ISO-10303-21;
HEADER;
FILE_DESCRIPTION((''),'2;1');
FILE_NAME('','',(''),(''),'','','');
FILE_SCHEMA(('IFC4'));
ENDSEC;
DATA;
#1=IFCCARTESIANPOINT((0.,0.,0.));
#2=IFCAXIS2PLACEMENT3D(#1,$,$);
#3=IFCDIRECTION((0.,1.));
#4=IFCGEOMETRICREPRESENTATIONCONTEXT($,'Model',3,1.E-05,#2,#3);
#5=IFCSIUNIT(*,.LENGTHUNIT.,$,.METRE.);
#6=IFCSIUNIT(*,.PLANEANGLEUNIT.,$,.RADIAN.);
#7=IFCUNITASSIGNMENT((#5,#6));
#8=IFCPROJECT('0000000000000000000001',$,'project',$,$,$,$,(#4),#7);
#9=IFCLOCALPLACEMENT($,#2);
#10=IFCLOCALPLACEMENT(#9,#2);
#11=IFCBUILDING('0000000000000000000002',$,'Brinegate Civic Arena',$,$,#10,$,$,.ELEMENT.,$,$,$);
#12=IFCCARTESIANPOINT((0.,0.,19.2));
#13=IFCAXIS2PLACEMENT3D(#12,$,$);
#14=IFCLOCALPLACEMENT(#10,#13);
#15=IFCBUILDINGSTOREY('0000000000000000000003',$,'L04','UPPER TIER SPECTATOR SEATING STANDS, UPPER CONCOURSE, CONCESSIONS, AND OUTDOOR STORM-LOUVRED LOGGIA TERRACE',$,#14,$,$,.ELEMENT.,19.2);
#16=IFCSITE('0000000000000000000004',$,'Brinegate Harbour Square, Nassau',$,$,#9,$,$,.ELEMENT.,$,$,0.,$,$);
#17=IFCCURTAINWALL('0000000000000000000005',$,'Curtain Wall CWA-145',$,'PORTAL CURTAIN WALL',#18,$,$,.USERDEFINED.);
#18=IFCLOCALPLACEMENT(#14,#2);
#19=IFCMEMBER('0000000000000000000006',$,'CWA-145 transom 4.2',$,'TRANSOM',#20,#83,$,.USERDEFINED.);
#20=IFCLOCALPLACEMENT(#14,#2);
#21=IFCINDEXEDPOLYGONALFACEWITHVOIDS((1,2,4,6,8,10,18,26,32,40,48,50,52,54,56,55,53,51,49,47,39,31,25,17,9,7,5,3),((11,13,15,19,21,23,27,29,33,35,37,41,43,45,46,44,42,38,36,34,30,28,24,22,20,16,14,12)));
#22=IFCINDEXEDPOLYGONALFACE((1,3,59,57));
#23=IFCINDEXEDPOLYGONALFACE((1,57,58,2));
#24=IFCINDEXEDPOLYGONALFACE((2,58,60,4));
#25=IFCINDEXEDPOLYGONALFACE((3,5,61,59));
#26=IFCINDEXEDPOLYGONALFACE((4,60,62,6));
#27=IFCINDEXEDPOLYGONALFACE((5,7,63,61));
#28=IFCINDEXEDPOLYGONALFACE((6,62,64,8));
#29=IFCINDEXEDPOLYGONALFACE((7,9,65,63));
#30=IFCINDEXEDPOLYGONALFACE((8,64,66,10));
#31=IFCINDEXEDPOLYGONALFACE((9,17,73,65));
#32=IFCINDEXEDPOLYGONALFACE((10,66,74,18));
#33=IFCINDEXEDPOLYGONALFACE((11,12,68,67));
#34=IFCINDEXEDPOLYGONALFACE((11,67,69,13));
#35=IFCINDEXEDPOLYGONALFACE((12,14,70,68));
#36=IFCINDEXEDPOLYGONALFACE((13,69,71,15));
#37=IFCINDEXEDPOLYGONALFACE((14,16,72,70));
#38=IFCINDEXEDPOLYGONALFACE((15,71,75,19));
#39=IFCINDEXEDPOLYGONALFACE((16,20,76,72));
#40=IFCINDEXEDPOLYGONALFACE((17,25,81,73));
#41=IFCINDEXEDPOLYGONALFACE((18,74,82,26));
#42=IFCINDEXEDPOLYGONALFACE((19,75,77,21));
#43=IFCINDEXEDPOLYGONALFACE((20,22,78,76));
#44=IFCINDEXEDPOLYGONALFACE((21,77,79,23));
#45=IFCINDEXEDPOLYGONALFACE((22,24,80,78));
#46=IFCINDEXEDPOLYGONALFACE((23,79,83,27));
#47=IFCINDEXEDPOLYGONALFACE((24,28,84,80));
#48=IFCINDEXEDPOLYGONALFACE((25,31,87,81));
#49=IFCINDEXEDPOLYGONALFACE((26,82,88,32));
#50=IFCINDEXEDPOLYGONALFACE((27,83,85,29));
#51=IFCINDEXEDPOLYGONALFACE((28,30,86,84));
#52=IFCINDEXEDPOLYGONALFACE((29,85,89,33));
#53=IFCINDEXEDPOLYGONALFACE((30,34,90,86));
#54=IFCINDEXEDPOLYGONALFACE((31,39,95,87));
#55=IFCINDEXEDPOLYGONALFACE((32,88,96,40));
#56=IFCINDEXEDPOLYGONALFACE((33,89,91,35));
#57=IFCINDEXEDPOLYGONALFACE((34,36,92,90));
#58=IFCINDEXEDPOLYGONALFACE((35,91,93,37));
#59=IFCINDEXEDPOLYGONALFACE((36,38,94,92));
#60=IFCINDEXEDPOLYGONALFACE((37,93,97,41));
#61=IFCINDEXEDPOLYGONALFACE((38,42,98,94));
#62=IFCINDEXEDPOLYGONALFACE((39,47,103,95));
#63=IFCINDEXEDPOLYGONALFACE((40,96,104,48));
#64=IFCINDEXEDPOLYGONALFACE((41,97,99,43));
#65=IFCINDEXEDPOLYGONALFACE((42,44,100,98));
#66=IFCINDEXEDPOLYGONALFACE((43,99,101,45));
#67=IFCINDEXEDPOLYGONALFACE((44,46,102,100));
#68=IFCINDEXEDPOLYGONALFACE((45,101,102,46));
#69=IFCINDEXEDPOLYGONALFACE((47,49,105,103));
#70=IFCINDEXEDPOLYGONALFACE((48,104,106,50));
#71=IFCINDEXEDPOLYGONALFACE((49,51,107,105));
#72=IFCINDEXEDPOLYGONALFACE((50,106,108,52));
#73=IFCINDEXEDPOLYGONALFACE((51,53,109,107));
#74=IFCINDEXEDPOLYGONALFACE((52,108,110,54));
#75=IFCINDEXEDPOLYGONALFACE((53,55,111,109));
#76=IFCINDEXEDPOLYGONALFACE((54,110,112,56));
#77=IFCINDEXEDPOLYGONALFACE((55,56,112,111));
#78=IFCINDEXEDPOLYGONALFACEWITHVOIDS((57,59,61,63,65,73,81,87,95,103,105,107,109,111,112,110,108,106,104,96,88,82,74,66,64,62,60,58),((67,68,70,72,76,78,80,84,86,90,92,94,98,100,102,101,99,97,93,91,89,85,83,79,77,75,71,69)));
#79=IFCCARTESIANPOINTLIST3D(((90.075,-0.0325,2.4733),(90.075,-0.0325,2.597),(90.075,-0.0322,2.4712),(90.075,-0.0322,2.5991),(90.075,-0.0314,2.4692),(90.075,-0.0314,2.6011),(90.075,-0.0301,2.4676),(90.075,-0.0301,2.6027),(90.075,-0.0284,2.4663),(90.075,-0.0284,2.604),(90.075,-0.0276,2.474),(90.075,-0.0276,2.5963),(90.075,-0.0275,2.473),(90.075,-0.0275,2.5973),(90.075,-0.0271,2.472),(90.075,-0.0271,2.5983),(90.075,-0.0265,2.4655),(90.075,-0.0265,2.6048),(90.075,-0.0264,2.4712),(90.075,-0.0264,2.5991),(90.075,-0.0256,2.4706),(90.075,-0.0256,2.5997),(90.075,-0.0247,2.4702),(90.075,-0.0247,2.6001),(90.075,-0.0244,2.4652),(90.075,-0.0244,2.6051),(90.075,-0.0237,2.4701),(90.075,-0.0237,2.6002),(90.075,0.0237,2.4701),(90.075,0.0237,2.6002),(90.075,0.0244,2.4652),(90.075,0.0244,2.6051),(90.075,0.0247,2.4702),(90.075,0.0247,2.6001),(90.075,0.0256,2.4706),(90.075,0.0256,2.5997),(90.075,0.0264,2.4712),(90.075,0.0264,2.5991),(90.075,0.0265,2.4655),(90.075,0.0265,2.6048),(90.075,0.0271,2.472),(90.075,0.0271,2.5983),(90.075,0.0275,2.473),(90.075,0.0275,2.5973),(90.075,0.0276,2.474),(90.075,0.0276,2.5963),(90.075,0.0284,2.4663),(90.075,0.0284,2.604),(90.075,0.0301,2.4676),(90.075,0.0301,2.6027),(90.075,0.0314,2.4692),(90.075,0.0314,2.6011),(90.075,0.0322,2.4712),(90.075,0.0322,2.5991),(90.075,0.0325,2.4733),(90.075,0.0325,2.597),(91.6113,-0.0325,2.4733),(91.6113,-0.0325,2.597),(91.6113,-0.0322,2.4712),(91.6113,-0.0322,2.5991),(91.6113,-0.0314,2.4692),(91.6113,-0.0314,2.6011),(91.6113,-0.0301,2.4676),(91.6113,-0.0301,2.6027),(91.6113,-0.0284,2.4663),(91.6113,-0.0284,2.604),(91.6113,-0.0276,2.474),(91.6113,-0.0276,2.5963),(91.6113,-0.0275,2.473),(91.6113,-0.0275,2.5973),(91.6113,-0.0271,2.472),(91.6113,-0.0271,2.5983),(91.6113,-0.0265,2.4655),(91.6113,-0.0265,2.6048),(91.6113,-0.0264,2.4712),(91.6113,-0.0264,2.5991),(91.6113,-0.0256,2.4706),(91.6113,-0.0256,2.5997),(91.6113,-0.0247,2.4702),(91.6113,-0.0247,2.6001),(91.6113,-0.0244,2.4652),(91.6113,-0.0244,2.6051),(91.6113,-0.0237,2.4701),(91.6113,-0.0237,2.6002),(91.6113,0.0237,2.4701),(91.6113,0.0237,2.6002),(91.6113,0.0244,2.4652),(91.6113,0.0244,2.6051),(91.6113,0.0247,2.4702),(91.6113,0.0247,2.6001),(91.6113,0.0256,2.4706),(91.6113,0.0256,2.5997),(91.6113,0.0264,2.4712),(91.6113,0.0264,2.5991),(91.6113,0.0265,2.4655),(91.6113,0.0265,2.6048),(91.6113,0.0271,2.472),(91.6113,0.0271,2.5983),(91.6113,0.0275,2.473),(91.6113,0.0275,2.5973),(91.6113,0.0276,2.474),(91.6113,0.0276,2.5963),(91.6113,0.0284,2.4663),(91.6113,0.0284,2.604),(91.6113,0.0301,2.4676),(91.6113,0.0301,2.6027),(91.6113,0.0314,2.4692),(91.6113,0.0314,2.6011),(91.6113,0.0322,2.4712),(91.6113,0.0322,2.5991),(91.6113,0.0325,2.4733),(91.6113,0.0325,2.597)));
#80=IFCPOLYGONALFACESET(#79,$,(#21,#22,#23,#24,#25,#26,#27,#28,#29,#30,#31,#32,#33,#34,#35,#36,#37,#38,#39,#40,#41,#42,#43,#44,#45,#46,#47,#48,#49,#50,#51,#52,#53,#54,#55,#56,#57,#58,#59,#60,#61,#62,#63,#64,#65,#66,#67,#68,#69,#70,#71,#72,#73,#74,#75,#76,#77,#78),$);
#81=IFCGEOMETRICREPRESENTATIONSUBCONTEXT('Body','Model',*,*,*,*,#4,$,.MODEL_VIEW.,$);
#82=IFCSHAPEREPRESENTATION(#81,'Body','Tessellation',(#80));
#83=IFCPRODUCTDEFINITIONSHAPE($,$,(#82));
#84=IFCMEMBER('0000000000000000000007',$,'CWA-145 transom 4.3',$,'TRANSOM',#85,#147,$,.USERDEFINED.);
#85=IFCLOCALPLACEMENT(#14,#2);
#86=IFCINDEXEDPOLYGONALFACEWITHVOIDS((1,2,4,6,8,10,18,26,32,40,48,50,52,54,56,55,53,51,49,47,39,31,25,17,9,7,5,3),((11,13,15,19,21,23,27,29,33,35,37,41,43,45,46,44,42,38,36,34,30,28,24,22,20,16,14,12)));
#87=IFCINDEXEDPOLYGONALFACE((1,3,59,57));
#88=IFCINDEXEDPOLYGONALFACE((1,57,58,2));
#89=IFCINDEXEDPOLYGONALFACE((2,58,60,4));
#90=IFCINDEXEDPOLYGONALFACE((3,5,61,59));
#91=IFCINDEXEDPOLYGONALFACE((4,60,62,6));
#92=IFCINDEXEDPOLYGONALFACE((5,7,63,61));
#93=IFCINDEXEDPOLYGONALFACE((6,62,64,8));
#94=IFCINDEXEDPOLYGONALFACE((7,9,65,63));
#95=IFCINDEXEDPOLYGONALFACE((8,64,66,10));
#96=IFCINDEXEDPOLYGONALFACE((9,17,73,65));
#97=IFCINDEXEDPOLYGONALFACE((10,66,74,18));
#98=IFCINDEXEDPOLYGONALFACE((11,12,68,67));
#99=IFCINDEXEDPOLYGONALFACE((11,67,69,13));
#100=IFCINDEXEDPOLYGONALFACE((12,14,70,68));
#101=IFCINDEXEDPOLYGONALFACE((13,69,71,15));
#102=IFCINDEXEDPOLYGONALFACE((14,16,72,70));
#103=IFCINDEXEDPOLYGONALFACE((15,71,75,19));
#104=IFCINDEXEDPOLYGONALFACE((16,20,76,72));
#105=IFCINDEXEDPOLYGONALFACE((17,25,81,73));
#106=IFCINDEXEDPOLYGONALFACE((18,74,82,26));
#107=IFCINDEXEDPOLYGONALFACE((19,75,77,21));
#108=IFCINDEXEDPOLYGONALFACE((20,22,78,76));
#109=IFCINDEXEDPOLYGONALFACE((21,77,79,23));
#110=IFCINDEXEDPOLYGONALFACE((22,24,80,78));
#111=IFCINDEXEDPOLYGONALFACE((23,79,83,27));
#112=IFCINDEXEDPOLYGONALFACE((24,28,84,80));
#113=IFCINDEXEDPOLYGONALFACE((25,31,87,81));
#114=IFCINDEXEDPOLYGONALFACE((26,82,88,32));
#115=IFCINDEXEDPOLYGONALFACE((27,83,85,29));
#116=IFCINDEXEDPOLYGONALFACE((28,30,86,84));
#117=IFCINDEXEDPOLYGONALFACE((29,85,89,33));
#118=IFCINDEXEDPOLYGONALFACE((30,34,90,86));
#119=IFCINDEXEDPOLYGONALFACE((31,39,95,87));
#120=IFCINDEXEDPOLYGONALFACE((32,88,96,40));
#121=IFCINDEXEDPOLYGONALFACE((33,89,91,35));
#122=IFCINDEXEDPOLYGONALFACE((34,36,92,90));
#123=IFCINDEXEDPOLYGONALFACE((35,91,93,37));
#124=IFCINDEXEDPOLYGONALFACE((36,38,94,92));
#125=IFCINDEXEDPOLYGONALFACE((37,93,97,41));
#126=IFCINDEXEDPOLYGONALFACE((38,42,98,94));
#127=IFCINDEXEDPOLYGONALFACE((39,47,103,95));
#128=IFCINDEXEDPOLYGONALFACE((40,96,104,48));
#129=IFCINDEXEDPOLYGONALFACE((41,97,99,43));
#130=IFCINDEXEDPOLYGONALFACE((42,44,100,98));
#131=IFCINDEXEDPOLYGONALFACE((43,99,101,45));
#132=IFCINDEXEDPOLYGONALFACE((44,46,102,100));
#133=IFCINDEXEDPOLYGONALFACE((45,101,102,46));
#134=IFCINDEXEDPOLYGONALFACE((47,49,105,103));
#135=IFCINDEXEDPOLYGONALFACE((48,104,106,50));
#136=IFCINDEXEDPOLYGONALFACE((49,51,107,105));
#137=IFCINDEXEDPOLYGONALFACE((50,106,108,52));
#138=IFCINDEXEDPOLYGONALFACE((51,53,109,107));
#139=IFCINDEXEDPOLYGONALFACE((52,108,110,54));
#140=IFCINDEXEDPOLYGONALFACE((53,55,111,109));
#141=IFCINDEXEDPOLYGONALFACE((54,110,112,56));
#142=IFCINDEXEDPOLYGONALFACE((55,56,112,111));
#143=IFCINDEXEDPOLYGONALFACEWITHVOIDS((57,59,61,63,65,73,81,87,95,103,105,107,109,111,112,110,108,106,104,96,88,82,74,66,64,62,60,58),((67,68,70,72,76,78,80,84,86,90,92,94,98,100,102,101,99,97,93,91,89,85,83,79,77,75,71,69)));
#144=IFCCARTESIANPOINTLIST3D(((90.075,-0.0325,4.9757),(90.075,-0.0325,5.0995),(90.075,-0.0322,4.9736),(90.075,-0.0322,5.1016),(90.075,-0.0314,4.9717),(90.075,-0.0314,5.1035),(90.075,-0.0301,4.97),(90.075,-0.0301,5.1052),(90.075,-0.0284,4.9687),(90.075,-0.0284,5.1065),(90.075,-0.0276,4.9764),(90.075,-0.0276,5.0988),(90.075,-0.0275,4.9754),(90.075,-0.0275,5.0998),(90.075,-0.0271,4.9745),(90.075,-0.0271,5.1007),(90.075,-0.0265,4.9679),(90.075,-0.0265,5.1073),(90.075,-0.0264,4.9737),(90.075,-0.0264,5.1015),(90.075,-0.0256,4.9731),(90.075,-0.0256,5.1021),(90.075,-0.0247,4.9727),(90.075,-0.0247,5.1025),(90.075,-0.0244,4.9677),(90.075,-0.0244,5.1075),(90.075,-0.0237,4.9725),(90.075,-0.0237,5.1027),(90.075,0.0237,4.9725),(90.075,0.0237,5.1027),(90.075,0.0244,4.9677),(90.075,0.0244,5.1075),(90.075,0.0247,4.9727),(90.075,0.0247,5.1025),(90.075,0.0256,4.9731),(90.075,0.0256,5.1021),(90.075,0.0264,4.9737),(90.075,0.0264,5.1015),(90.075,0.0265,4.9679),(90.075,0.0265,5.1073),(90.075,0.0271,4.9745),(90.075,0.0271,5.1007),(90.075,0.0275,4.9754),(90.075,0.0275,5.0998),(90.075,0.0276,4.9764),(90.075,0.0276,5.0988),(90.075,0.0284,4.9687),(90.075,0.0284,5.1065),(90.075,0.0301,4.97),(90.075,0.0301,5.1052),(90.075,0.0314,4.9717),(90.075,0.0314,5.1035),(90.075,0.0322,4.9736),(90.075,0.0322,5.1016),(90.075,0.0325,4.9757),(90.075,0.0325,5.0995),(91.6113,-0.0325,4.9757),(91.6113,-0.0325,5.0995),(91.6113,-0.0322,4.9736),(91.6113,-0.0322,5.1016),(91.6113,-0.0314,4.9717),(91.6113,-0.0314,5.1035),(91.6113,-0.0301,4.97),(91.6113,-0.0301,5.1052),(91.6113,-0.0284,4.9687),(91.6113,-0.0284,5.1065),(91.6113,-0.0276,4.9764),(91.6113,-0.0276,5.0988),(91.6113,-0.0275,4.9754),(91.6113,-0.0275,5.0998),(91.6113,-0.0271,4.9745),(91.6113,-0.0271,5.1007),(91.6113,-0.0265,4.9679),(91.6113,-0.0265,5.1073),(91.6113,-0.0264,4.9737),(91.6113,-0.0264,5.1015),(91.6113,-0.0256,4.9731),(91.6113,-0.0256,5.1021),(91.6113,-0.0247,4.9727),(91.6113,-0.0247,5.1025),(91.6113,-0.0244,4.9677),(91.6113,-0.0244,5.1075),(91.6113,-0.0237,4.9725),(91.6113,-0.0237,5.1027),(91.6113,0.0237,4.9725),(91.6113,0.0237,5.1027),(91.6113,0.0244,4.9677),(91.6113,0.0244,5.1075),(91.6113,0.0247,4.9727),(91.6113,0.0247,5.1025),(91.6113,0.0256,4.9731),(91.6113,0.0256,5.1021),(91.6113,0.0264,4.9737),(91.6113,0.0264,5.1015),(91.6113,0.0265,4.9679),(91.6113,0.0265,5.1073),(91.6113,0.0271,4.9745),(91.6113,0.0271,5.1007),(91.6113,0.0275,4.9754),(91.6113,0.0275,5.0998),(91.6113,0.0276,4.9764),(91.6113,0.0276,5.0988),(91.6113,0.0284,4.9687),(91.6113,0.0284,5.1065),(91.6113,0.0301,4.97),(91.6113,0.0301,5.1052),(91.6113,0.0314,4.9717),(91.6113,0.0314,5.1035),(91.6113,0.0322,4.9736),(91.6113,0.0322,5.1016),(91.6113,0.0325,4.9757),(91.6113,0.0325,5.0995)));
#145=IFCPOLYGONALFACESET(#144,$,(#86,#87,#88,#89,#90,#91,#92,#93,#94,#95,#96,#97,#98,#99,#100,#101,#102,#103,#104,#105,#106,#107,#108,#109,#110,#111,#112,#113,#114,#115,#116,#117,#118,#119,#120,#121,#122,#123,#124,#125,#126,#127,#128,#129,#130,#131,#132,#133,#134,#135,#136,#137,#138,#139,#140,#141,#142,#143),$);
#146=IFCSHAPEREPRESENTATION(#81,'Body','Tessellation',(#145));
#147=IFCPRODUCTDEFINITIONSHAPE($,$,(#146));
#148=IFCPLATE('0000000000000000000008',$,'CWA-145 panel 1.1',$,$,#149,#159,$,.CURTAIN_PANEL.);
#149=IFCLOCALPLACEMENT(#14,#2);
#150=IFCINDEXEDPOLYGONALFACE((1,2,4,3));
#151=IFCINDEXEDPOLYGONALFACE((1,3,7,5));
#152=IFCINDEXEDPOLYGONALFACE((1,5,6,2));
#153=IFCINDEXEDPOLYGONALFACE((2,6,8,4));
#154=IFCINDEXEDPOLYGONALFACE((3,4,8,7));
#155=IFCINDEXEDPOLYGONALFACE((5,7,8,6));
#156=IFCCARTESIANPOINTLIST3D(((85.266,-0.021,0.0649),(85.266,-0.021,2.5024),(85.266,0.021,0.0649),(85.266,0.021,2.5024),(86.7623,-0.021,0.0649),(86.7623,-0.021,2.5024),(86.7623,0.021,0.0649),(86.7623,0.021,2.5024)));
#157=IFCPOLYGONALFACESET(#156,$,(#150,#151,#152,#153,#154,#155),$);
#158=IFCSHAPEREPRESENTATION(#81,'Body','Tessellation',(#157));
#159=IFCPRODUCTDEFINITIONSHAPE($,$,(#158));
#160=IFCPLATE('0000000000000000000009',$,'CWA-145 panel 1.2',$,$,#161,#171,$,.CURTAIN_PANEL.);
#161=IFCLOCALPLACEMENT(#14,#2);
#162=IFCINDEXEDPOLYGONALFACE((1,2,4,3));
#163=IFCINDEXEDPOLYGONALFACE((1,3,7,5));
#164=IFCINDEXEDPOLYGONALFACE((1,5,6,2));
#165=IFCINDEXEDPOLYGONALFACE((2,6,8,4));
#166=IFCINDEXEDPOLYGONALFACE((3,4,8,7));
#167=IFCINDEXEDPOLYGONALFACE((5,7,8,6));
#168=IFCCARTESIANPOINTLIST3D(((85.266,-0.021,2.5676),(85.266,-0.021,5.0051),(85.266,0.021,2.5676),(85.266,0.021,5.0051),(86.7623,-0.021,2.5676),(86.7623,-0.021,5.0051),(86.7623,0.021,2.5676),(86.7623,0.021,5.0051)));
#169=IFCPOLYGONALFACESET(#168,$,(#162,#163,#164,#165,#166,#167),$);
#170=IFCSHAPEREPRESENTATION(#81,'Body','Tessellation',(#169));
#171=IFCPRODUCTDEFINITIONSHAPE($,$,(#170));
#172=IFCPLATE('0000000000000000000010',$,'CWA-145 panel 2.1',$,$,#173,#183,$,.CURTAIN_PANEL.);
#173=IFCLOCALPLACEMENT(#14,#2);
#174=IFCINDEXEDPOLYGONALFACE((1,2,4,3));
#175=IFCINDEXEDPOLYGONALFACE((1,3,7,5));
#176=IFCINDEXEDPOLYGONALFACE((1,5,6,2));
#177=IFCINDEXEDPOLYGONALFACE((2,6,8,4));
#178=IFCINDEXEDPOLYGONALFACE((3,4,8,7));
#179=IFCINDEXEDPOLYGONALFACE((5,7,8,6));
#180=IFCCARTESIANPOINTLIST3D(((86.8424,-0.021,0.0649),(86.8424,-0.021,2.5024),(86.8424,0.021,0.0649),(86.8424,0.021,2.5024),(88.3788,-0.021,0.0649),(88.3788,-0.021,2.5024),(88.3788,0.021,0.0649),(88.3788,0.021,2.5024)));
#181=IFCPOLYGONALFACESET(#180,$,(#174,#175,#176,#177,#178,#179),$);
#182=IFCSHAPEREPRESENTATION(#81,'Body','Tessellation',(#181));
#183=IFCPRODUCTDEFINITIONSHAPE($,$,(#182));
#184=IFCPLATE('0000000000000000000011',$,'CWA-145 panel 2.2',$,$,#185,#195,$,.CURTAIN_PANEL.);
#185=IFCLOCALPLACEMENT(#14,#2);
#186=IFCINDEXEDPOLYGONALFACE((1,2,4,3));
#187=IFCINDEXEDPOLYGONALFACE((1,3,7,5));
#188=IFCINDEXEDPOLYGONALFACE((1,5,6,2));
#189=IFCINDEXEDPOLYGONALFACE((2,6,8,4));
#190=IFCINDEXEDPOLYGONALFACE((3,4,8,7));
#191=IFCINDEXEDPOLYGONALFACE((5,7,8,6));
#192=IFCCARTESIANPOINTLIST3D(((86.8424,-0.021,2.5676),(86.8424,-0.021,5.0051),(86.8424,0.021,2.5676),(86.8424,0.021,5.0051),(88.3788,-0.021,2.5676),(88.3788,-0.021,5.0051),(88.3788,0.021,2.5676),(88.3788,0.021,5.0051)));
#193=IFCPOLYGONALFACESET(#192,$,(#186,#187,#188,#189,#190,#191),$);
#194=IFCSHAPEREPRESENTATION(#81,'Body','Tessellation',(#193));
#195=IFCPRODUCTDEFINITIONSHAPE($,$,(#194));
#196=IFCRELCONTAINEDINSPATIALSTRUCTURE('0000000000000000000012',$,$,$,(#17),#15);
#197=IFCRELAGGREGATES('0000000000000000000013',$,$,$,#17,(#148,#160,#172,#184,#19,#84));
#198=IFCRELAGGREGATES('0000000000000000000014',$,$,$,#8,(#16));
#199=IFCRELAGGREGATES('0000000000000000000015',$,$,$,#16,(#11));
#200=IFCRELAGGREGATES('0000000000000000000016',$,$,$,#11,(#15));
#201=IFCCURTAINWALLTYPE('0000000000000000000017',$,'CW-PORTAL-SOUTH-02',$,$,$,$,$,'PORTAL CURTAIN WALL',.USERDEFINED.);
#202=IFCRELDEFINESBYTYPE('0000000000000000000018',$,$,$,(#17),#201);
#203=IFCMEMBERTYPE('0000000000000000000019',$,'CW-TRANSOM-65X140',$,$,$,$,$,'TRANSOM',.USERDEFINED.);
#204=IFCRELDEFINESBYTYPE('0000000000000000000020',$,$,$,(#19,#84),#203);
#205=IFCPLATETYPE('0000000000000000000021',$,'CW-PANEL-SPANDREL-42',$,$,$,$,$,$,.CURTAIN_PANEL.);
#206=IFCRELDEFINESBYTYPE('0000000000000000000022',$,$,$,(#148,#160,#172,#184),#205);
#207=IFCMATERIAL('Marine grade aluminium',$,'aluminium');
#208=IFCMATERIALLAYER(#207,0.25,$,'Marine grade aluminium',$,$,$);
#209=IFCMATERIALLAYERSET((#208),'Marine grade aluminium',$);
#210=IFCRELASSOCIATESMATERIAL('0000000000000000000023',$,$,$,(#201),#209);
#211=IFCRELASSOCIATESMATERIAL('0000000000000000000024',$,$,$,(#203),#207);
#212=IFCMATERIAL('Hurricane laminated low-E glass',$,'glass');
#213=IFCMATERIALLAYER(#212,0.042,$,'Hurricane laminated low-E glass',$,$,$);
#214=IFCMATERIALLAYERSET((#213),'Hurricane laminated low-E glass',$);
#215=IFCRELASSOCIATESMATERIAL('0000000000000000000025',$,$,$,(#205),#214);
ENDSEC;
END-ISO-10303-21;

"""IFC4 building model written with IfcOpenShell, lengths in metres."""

from ifc_helpers import new_model, si_unit, direction, frame, origin, origin_2d, place, context, subcontext, project, spatial, rectangle, hollow_rectangle, extrude, material, layer, layer_set, material_profile, profile_set, type_object, element, aggregate, save


model = new_model("IFC4")

# Units and contexts
model_context = context("Model", 3, precision=1e-05, world=origin(), true_north=direction((0.0, 1.0)))
body_context = subcontext(model_context, "Body", "Model", "MODEL_VIEW")
ifc_project = project(units=[si_unit("LENGTHUNIT", "METRE"), si_unit("PLANEANGLEUNIT", "RADIAN")], contexts=[model_context])

# Site, building, storey
site_placement = place(None, origin())
site = spatial("IfcSite", under=ifc_project, at=site_placement, Name="Brinegate Harbour Square, Nassau", CompositionType="ELEMENT", RefElevation=0.0)
building_placement = place(site_placement, origin())
building = spatial("IfcBuilding", under=site, at=building_placement, Name="Brinegate Civic Arena", CompositionType="ELEMENT")
storey_placement = place(building_placement, frame((0.0, 0.0, 19.2)))
storey = spatial("IfcBuildingStorey", under=building, at=storey_placement, Name="L04", Description="UPPER TIER SPECTATOR SEATING STANDS, UPPER CONCOURSE, CONCESSIONS, AND OUTDOOR STORM-LOUVRED LOGGIA TERRACE", CompositionType="ELEMENT", Elevation=19.2)

# Curtain wall, members, plates
ifc_material_1 = material(Name="Marine grade aluminium", Category="aluminium")
ifc_layer_1 = layer(ifc_material_1, 0.25, Name="Marine grade aluminium")
ifc_layer_set_1 = layer_set([ifc_layer_1], Name="Marine grade aluminium")
curtain_wall_type = type_object("IfcCurtainWallType", Name="CW-PORTAL-SOUTH-02", ElementType="PORTAL CURTAIN WALL", PredefinedType="USERDEFINED", material=ifc_layer_set_1)
curtain_wall_placement = place(storey_placement, origin())
curtain_wall = element("IfcCurtainWall", 1, at=curtain_wall_placement, inside=storey, type_object=curtain_wall_type, Name="Curtain Wall CWA-145", ObjectType="PORTAL CURTAIN WALL", PredefinedType="USERDEFINED")
ifc_material_profile_1 = material_profile(ifc_material_1, hollow_rectangle(XDim=0.0649, YDim=0.1399, WallThickness=0.0049, InnerFilletRadius=0.0039, OuterFilletRadius=0.0081, at=origin_2d()), Name="TRN65X140")
ifc_profile_set_1 = profile_set([ifc_material_profile_1], Name="Marine grade aluminium")
member_type_1 = type_object("IfcMemberType", Name="CW-TRANSOM-65X140", ElementType="TRANSOM", PredefinedType="USERDEFINED", material=ifc_profile_set_1)
member_1_placement = place(storey_placement, frame((90.075, 0.0, 2.5352), z_axis=(1.0, 0.0, 0.0), x_axis=(0.0, 1.0, 0.0)))
member_1 = element("IfcMember", 2, at=member_1_placement, type_object=member_type_1, Name="CWA-145 transom 4.2", ObjectType="TRANSOM", PredefinedType="USERDEFINED", context=body_context, shape_type="SweptSolid", body=[
    extrude(hollow_rectangle(XDim=0.0649, YDim=0.1399, WallThickness=0.0049, InnerFilletRadius=0.0039, OuterFilletRadius=0.0081, at=origin_2d()), origin(), (0.0, 0.0, 1.0), 1.5364),
])
member_2_placement = place(storey_placement, frame((90.075, 0.0, 5.0376), z_axis=(1.0, 0.0, 0.0), x_axis=(0.0, 1.0, 0.0)))
member_2 = element("IfcMember", 3, at=member_2_placement, type_object=member_type_1, Name="CWA-145 transom 4.3", ObjectType="TRANSOM", PredefinedType="USERDEFINED", context=body_context, shape_type="SweptSolid", body=[
    extrude(hollow_rectangle(XDim=0.0649, YDim=0.1399, WallThickness=0.0049, InnerFilletRadius=0.0039, OuterFilletRadius=0.0081, at=origin_2d()), origin(), (0.0, 0.0, 1.0), 1.5364),
])
ifc_material_2 = material(Name="Hurricane laminated low-E glass", Category="glass")
ifc_layer_2 = layer(ifc_material_2, 0.042, Name="Hurricane laminated low-E glass")
ifc_layer_set_2 = layer_set([ifc_layer_2], Name="Hurricane laminated low-E glass")
plate_type = type_object("IfcPlateType", Name="CW-PANEL-SPANDREL-42", PredefinedType="CURTAIN_PANEL", material=ifc_layer_set_2)
plate_1_placement = place(storey_placement, frame((86.0142, 0.0, 0.0649), z_axis=(0.0, 0.0, 1.0), x_axis=(1.0, 0.0, 0.0)))
plate_1 = element("IfcPlate", 4, at=plate_1_placement, type_object=plate_type, Name="CWA-145 panel 1.1", PredefinedType="CURTAIN_PANEL", context=body_context, shape_type="SweptSolid", body=[
    extrude(rectangle(XDim=1.4963, YDim=0.042, at=origin_2d()), origin(), (0.0, 0.0, 1.0), 2.4375),
])
plate_2_placement = place(storey_placement, frame((86.0142, 0.0, 2.5676), z_axis=(0.0, 0.0, 1.0), x_axis=(1.0, 0.0, 0.0)))
plate_2 = element("IfcPlate", 5, at=plate_2_placement, type_object=plate_type, Name="CWA-145 panel 1.2", PredefinedType="CURTAIN_PANEL", context=body_context, shape_type="SweptSolid", body=[
    extrude(rectangle(XDim=1.4963, YDim=0.042, at=origin_2d()), origin(), (0.0, 0.0, 1.0), 2.4375),
])
plate_3_placement = place(storey_placement, frame((87.6106, 0.0, 0.0649), z_axis=(0.0, 0.0, 1.0), x_axis=(1.0, 0.0, 0.0)))
plate_3 = element("IfcPlate", 6, at=plate_3_placement, type_object=plate_type, Name="CWA-145 panel 2.1", PredefinedType="CURTAIN_PANEL", context=body_context, shape_type="SweptSolid", body=[
    extrude(rectangle(XDim=1.5364, YDim=0.042, at=origin_2d()), origin(), (0.0, 0.0, 1.0), 2.4375),
])
plate_4_placement = place(storey_placement, frame((87.6106, 0.0, 2.5676), z_axis=(0.0, 0.0, 1.0), x_axis=(1.0, 0.0, 0.0)))
plate_4 = element("IfcPlate", 7, at=plate_4_placement, type_object=plate_type, Name="CWA-145 panel 2.2", PredefinedType="CURTAIN_PANEL", context=body_context, shape_type="SweptSolid", body=[
    extrude(rectangle(XDim=1.5364, YDim=0.042, at=origin_2d()), origin(), (0.0, 0.0, 1.0), 2.4375),
])
aggregate(curtain_wall, [plate_1, plate_2, plate_3, plate_4, member_1, member_2])

save(model, "model.ifc")
